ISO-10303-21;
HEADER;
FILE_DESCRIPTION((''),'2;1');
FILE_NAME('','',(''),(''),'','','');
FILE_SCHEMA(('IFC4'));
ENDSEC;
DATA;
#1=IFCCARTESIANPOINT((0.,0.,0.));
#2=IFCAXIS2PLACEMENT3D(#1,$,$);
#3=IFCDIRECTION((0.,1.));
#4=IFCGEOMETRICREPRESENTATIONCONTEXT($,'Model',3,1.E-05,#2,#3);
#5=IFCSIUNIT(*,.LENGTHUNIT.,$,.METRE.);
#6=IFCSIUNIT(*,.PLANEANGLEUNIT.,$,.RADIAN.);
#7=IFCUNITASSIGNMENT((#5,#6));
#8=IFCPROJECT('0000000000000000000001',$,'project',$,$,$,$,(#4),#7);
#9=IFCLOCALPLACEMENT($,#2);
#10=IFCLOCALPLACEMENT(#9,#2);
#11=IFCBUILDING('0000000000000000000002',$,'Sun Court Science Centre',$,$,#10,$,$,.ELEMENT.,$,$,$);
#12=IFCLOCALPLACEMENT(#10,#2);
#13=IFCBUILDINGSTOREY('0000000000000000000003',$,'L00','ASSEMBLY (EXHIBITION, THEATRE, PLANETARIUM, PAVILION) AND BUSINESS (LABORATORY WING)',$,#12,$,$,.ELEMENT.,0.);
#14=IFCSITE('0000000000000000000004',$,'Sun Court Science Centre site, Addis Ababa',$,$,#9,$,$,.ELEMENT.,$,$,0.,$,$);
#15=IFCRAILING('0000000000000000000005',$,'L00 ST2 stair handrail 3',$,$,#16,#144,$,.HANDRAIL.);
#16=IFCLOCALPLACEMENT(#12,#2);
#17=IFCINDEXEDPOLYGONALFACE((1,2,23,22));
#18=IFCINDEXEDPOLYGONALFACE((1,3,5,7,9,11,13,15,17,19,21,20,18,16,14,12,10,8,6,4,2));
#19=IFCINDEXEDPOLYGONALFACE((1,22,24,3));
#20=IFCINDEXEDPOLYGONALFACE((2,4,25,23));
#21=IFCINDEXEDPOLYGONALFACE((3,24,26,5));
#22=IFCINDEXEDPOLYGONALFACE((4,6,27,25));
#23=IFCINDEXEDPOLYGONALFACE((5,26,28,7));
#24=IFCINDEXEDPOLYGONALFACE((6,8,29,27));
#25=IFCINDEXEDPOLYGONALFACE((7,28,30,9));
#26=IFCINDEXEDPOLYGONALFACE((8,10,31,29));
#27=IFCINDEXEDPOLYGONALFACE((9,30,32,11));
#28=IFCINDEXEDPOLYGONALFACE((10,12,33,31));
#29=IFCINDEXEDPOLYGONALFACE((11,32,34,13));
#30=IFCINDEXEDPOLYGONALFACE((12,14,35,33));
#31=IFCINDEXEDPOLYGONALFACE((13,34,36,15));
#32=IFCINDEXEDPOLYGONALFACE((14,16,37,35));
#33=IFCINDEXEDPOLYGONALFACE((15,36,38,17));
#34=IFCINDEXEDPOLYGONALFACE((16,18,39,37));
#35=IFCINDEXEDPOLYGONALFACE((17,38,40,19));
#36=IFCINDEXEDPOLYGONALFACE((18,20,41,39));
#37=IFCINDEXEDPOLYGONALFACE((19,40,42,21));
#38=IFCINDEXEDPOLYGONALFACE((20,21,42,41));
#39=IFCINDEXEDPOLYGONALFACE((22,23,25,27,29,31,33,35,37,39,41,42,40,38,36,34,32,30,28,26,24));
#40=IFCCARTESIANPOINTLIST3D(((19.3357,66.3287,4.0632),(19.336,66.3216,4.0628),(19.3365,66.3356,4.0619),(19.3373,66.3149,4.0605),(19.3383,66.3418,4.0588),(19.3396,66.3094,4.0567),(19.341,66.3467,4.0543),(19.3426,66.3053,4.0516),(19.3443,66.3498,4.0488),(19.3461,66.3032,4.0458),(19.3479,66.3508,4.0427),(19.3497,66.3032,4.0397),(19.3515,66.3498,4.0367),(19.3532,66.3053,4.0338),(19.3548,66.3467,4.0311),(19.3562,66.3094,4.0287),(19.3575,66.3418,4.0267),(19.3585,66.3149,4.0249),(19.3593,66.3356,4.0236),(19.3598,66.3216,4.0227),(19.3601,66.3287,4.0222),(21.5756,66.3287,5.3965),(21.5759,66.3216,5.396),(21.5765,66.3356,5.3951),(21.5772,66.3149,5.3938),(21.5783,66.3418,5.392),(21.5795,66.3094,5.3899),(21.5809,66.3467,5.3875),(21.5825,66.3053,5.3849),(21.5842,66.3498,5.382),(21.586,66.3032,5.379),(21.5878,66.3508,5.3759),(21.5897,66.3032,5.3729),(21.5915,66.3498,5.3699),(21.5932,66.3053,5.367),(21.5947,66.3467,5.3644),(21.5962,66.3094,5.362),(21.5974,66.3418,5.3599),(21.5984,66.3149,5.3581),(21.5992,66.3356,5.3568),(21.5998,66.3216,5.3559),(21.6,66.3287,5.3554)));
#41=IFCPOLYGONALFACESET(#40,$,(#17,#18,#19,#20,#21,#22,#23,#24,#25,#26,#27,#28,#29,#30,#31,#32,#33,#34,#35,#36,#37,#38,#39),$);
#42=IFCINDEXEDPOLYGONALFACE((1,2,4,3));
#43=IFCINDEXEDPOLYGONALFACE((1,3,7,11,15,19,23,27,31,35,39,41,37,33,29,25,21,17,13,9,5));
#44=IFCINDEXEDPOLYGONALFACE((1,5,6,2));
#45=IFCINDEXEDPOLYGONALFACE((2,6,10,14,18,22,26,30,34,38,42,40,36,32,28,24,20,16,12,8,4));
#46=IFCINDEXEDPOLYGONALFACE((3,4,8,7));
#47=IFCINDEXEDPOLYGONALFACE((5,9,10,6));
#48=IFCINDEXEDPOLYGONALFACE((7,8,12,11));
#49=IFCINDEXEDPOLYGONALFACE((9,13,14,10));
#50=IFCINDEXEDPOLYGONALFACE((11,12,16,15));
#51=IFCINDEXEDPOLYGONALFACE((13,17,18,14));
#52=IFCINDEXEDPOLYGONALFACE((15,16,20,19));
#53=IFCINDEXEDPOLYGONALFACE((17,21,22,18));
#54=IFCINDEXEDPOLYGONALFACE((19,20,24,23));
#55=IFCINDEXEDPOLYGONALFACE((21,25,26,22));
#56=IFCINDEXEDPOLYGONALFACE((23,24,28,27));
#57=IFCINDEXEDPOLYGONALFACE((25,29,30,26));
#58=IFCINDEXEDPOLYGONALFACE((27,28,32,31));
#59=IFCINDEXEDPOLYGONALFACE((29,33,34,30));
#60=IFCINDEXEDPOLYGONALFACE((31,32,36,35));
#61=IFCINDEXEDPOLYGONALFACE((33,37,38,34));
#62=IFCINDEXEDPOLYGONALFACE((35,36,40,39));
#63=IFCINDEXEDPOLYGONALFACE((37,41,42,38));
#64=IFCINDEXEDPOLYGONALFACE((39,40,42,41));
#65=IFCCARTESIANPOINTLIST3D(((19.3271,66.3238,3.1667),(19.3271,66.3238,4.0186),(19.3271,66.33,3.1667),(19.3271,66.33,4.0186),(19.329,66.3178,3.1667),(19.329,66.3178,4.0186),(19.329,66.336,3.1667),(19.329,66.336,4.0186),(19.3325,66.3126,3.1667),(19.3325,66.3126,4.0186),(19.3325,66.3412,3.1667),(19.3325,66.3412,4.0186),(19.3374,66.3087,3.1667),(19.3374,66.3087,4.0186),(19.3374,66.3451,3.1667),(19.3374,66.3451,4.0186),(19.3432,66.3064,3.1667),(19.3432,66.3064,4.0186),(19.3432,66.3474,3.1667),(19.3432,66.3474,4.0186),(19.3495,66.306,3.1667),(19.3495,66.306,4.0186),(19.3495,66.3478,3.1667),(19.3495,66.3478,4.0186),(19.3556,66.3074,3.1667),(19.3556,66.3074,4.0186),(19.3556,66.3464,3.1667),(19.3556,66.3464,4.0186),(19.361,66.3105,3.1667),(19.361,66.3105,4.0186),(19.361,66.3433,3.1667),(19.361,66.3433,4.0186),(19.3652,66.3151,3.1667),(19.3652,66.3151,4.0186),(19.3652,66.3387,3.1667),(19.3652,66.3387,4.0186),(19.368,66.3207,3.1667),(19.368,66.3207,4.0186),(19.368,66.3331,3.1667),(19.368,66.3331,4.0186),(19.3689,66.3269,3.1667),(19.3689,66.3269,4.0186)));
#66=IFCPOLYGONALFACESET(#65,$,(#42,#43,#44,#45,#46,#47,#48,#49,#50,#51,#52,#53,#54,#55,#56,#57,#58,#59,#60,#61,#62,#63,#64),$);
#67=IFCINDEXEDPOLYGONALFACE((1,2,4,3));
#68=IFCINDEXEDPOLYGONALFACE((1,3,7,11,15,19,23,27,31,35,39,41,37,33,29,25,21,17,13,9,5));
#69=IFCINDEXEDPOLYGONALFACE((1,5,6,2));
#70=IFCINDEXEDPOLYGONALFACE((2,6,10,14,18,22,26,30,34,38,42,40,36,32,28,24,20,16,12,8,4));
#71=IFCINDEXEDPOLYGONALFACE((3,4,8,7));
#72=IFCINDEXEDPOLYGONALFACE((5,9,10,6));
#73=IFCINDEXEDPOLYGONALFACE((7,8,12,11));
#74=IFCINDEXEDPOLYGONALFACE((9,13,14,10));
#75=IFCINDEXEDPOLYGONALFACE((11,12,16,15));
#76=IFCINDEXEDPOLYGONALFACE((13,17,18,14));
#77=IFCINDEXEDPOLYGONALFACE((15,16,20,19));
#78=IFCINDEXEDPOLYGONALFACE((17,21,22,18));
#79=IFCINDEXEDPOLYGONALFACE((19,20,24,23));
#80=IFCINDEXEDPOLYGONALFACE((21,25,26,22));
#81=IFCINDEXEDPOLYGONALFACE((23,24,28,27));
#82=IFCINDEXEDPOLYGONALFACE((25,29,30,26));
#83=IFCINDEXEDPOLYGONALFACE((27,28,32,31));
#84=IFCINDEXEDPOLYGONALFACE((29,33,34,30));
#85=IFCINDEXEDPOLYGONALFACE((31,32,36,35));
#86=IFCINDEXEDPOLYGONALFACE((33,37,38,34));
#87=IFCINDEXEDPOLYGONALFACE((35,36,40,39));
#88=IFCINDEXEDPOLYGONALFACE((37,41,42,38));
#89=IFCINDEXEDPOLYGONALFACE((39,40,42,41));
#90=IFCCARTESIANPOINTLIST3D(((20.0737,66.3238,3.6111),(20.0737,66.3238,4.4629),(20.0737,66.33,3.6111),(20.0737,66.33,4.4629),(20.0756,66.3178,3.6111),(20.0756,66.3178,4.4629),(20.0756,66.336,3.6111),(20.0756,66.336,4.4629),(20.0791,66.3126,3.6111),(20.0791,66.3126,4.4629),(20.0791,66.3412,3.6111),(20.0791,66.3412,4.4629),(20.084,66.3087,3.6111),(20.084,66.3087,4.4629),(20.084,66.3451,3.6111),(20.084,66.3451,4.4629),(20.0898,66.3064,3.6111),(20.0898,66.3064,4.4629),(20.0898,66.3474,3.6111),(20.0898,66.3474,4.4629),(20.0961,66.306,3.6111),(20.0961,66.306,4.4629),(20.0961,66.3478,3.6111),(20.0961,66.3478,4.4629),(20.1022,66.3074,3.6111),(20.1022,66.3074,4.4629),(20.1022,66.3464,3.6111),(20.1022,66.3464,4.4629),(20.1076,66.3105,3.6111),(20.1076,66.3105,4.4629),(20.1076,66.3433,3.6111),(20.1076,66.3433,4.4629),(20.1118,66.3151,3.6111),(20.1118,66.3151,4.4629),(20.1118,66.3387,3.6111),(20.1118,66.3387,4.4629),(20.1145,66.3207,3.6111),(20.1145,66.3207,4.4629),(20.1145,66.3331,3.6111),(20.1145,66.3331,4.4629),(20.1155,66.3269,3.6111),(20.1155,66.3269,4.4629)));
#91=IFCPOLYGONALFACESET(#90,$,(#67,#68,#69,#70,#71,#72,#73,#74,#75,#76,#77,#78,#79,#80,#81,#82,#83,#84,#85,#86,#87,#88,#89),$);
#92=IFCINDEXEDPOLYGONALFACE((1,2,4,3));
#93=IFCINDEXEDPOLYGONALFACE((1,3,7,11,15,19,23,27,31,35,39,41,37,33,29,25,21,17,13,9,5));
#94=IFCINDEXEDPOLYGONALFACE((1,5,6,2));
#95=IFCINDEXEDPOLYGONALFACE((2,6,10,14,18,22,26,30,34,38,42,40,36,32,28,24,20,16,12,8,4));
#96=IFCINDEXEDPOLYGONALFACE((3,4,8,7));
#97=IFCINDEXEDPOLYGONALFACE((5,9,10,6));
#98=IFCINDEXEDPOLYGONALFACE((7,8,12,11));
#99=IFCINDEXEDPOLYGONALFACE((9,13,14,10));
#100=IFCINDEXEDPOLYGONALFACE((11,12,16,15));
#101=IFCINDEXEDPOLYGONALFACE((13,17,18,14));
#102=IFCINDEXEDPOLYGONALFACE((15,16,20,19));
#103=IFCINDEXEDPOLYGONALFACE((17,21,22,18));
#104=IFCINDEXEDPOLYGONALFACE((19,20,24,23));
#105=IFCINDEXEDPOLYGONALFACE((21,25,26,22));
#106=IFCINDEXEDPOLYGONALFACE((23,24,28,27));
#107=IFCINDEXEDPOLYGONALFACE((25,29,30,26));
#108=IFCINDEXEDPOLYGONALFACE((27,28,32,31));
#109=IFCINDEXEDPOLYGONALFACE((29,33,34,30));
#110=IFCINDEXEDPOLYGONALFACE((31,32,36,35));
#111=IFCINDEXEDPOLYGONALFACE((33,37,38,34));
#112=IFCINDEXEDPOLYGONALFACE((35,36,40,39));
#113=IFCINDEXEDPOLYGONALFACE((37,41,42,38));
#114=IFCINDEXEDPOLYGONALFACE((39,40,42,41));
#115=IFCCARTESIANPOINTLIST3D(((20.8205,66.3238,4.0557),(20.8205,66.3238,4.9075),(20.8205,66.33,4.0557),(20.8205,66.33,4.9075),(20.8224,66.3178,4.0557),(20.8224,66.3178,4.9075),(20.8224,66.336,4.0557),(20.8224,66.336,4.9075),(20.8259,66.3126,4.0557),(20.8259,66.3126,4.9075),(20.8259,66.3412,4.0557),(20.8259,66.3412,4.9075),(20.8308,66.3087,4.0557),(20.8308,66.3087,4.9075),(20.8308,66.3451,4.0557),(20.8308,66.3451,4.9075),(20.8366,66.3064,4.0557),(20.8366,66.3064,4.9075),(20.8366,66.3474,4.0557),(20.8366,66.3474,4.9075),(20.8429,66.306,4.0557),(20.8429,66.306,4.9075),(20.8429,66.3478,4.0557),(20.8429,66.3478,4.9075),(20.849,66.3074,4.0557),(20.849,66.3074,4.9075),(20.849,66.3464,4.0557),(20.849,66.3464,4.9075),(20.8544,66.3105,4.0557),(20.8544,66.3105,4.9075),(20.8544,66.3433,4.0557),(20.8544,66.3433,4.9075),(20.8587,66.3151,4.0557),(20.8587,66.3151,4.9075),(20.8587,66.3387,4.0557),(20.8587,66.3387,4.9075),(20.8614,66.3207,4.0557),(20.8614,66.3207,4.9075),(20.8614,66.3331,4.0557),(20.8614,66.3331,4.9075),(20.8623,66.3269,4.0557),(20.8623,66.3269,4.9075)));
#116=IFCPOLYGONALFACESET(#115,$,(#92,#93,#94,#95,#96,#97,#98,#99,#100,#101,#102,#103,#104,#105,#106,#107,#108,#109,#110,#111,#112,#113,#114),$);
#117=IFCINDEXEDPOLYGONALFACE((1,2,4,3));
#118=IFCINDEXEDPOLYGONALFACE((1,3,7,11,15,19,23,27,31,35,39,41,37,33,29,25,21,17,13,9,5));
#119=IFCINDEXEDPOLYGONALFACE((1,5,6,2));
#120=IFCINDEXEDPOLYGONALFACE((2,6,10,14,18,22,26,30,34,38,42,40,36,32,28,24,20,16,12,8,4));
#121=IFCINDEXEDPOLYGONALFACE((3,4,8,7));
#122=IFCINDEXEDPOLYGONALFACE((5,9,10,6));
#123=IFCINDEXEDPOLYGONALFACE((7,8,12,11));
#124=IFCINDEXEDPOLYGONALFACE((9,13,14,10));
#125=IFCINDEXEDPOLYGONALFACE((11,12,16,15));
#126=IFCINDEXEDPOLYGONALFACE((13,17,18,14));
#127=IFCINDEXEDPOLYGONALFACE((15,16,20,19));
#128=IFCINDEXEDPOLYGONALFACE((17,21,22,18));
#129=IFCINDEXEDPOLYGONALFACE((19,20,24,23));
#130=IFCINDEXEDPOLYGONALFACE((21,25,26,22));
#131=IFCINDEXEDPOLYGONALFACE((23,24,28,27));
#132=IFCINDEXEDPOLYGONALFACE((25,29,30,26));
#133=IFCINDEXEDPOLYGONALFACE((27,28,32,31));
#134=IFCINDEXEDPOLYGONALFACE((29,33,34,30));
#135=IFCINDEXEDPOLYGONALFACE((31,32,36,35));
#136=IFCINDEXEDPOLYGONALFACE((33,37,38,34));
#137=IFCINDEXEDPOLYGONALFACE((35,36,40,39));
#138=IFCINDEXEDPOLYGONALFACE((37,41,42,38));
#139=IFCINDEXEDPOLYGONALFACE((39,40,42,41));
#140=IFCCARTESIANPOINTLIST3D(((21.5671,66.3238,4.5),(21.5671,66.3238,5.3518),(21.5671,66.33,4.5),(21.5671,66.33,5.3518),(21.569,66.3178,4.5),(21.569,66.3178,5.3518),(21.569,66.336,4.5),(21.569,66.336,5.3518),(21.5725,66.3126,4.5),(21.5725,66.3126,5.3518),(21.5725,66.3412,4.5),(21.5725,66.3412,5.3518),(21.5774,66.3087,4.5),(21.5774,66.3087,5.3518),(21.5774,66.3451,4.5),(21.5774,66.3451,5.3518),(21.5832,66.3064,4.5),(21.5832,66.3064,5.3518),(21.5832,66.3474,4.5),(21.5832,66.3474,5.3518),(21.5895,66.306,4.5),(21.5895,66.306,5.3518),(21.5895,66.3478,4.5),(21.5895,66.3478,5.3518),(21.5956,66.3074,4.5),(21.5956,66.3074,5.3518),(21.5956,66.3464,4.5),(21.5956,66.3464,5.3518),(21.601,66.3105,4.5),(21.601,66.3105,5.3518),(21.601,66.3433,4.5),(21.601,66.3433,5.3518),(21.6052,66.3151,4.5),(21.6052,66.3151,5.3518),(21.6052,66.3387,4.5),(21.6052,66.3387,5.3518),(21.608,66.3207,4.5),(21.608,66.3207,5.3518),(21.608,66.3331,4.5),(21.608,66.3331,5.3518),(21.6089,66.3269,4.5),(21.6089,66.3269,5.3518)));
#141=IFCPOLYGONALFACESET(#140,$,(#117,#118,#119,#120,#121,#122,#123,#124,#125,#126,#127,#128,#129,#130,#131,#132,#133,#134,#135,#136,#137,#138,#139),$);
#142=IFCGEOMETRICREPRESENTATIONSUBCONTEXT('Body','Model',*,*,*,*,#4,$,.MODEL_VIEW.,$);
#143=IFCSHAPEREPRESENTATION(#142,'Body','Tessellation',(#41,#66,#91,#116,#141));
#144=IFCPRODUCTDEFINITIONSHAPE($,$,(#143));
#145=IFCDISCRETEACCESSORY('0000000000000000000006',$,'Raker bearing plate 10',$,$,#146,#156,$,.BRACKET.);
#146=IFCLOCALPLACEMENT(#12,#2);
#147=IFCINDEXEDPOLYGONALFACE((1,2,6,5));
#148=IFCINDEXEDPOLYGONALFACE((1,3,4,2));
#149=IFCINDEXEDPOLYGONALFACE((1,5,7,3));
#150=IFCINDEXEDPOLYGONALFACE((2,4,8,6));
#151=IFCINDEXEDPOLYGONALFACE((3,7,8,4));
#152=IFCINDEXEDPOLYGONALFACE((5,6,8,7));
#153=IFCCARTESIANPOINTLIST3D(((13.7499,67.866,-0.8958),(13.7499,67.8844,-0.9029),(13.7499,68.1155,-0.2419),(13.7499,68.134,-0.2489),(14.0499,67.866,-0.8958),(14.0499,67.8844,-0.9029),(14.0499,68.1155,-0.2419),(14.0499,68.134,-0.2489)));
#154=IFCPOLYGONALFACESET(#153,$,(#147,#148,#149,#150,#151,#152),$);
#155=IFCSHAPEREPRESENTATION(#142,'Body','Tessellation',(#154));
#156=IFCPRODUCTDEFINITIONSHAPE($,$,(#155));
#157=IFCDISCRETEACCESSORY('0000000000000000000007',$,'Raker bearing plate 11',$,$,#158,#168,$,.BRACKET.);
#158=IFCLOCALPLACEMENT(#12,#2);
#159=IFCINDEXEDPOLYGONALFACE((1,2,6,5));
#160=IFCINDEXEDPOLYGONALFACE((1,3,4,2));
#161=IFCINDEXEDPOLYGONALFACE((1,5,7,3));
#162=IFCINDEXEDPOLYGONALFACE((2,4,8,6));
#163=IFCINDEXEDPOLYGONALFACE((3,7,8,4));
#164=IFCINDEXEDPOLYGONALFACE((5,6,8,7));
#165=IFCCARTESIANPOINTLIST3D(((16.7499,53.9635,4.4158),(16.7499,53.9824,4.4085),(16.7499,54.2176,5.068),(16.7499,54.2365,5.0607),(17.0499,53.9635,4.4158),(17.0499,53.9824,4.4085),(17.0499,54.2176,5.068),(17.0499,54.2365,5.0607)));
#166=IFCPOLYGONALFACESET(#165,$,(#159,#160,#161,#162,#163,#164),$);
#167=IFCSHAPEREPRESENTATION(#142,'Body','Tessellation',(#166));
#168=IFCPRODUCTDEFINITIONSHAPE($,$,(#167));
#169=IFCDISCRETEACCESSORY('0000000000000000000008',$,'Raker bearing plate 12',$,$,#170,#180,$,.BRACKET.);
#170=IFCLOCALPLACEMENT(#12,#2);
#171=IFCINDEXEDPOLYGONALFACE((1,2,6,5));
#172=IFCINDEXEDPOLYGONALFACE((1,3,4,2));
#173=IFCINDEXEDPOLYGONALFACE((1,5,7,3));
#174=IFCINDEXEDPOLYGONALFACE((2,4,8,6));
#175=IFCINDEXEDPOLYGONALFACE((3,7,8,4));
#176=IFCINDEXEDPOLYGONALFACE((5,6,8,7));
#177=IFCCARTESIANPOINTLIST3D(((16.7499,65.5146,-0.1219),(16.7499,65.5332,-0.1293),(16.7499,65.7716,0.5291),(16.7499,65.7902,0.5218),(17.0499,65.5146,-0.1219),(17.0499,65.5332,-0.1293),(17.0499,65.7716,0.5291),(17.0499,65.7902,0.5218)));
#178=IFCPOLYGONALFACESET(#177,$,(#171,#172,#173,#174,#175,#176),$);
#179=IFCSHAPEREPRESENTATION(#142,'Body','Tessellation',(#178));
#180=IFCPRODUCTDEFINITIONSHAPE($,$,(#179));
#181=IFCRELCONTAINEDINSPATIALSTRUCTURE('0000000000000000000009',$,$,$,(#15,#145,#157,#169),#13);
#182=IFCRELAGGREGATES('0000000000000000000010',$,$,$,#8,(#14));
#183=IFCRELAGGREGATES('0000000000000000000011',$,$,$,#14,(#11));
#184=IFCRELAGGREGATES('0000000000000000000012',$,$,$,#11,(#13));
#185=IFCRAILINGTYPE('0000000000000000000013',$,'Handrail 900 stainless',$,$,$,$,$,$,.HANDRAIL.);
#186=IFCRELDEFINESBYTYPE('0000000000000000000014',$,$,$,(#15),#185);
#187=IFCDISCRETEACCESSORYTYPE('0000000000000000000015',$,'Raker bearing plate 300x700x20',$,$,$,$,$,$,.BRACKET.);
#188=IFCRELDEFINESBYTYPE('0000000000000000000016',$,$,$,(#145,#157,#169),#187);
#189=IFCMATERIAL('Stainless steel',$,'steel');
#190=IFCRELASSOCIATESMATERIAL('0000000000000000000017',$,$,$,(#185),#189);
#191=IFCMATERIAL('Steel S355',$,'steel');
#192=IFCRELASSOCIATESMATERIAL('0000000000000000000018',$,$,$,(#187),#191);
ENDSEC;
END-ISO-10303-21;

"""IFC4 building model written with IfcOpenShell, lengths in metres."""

from ifc_helpers import new_model, si_unit, direction, frame, origin, origin_2d, place, context, subcontext, project, spatial, rectangle, circle, extrude, material, material_profile, profile_set, type_object, element, save


model = new_model("IFC4")

# Units and contexts
model_context = context("Model", 3, precision=1e-05, world=origin(), true_north=direction((0.0, 1.0)))
body_context = subcontext(model_context, "Body", "Model", "MODEL_VIEW")
ifc_project = project(units=[si_unit("LENGTHUNIT", "METRE"), si_unit("PLANEANGLEUNIT", "RADIAN")], contexts=[model_context])

# Site, building, storey
site_placement = place(None, origin())
site = spatial("IfcSite", under=ifc_project, at=site_placement, Name="Sun Court Science Centre site, Addis Ababa", CompositionType="ELEMENT", RefElevation=0.0)
building_placement = place(site_placement, origin())
building = spatial("IfcBuilding", under=site, at=building_placement, Name="Sun Court Science Centre", CompositionType="ELEMENT")
storey_placement = place(building_placement, origin())
storey = spatial("IfcBuildingStorey", under=building, at=storey_placement, Name="L00", Description="ASSEMBLY (EXHIBITION, THEATRE, PLANETARIUM, PAVILION) AND BUSINESS (LABORATORY WING)", CompositionType="ELEMENT", Elevation=0.0)

# Railing
ifc_material_1 = material(Name="Stainless steel", Category="steel")
railing_type_1 = type_object("IfcRailingType", Name="Handrail 900 stainless", PredefinedType="HANDRAIL", material=ifc_material_1)
for number, where, name in (
    (1, (19.3479, 66.3269, 3.1667), "L00 ST2 stair handrail 3"),
):
    element("IfcRailing", number, at=place(storey_placement, frame(where)), inside=storey, type_object=railing_type_1, Name=name, PredefinedType="HANDRAIL", context=body_context, shape_type="SweptSolid", body=[
        extrude(circle(Radius=0.0239, at=origin_2d()), frame((0.0, 0.0, 0.876), z_axis=(0.859306, 0.0, 0.511462), x_axis=(0.0, 1.0, 0.0)), (0.0, 0.0, 1.0), 2.6067),
        extrude(circle(Radius=0.021, at=origin_2d()), origin(), (0.0, 0.0, 1.0), 0.8518),
        extrude(circle(Radius=0.021, at=origin_2d()), frame((0.7466, 0.0, 0.4443)), (0.0, 0.0, 1.0), 0.8518),
        extrude(circle(Radius=0.021, at=origin_2d()), frame((1.4934, 0.0, 0.8889)), (0.0, 0.0, 1.0), 0.8518),
        extrude(circle(Radius=0.021, at=origin_2d()), frame((2.24, 0.0, 1.3333)), (0.0, 0.0, 1.0), 0.8518),
    ])

# Discrete accessories
ifc_material_2 = material(Name="Steel S355", Category="steel")
ifc_material_profile_1 = material_profile(ifc_material_2, rectangle(XDim=0.3, YDim=0.7, at=origin_2d()), Name="PL 300x700")
ifc_profile_set_1 = profile_set([ifc_material_profile_1], Name="Steel S355")
discrete_accessory_type = type_object("IfcDiscreteAccessoryType", Name="Raker bearing plate 300x700x20", PredefinedType="BRACKET", material=ifc_profile_set_1)
discrete_accessory_1_placement = place(storey_placement, frame((13.8999, 67.9907, -0.5688), z_axis=(0.0, 0.934293, -0.356506), x_axis=(-1.0, 0.0, 0.0)))
element("IfcDiscreteAccessory", 2, at=discrete_accessory_1_placement, inside=storey, type_object=discrete_accessory_type, Name="Raker bearing plate 10", PredefinedType="BRACKET", context=body_context, shape_type="SweptSolid", body=[
    extrude(rectangle(XDim=0.3, YDim=0.7, at=origin_2d()), origin(), (0.0, 0.0, 1.0), 0.0198),
])
discrete_accessory_2_placement = place(storey_placement, frame((16.8999, 54.0906, 4.7419), z_axis=(0.0, 0.931777, -0.36303), x_axis=(-1.0, 0.0, 0.0)))
element("IfcDiscreteAccessory", 3, at=discrete_accessory_2_placement, inside=storey, type_object=discrete_accessory_type, Name="Raker bearing plate 11", PredefinedType="BRACKET", context=body_context, shape_type="SweptSolid", body=[
    extrude(rectangle(XDim=0.3, YDim=0.7, at=origin_2d()), origin(), (0.0, 0.0, 1.0), 0.0203),
])
discrete_accessory_3_placement = place(storey_placement, frame((16.8999, 65.6431, 0.2036), z_axis=(0.0, 0.930155, -0.367167), x_axis=(-1.0, 0.0, 0.0)))
element("IfcDiscreteAccessory", 4, at=discrete_accessory_3_placement, inside=storey, type_object=discrete_accessory_type, Name="Raker bearing plate 12", PredefinedType="BRACKET", context=body_context, shape_type="SweptSolid", body=[
    extrude(rectangle(XDim=0.3, YDim=0.7, at=origin_2d()), origin(), (0.0, 0.0, 1.0), 0.02),
])

save(model, "model.ifc")
